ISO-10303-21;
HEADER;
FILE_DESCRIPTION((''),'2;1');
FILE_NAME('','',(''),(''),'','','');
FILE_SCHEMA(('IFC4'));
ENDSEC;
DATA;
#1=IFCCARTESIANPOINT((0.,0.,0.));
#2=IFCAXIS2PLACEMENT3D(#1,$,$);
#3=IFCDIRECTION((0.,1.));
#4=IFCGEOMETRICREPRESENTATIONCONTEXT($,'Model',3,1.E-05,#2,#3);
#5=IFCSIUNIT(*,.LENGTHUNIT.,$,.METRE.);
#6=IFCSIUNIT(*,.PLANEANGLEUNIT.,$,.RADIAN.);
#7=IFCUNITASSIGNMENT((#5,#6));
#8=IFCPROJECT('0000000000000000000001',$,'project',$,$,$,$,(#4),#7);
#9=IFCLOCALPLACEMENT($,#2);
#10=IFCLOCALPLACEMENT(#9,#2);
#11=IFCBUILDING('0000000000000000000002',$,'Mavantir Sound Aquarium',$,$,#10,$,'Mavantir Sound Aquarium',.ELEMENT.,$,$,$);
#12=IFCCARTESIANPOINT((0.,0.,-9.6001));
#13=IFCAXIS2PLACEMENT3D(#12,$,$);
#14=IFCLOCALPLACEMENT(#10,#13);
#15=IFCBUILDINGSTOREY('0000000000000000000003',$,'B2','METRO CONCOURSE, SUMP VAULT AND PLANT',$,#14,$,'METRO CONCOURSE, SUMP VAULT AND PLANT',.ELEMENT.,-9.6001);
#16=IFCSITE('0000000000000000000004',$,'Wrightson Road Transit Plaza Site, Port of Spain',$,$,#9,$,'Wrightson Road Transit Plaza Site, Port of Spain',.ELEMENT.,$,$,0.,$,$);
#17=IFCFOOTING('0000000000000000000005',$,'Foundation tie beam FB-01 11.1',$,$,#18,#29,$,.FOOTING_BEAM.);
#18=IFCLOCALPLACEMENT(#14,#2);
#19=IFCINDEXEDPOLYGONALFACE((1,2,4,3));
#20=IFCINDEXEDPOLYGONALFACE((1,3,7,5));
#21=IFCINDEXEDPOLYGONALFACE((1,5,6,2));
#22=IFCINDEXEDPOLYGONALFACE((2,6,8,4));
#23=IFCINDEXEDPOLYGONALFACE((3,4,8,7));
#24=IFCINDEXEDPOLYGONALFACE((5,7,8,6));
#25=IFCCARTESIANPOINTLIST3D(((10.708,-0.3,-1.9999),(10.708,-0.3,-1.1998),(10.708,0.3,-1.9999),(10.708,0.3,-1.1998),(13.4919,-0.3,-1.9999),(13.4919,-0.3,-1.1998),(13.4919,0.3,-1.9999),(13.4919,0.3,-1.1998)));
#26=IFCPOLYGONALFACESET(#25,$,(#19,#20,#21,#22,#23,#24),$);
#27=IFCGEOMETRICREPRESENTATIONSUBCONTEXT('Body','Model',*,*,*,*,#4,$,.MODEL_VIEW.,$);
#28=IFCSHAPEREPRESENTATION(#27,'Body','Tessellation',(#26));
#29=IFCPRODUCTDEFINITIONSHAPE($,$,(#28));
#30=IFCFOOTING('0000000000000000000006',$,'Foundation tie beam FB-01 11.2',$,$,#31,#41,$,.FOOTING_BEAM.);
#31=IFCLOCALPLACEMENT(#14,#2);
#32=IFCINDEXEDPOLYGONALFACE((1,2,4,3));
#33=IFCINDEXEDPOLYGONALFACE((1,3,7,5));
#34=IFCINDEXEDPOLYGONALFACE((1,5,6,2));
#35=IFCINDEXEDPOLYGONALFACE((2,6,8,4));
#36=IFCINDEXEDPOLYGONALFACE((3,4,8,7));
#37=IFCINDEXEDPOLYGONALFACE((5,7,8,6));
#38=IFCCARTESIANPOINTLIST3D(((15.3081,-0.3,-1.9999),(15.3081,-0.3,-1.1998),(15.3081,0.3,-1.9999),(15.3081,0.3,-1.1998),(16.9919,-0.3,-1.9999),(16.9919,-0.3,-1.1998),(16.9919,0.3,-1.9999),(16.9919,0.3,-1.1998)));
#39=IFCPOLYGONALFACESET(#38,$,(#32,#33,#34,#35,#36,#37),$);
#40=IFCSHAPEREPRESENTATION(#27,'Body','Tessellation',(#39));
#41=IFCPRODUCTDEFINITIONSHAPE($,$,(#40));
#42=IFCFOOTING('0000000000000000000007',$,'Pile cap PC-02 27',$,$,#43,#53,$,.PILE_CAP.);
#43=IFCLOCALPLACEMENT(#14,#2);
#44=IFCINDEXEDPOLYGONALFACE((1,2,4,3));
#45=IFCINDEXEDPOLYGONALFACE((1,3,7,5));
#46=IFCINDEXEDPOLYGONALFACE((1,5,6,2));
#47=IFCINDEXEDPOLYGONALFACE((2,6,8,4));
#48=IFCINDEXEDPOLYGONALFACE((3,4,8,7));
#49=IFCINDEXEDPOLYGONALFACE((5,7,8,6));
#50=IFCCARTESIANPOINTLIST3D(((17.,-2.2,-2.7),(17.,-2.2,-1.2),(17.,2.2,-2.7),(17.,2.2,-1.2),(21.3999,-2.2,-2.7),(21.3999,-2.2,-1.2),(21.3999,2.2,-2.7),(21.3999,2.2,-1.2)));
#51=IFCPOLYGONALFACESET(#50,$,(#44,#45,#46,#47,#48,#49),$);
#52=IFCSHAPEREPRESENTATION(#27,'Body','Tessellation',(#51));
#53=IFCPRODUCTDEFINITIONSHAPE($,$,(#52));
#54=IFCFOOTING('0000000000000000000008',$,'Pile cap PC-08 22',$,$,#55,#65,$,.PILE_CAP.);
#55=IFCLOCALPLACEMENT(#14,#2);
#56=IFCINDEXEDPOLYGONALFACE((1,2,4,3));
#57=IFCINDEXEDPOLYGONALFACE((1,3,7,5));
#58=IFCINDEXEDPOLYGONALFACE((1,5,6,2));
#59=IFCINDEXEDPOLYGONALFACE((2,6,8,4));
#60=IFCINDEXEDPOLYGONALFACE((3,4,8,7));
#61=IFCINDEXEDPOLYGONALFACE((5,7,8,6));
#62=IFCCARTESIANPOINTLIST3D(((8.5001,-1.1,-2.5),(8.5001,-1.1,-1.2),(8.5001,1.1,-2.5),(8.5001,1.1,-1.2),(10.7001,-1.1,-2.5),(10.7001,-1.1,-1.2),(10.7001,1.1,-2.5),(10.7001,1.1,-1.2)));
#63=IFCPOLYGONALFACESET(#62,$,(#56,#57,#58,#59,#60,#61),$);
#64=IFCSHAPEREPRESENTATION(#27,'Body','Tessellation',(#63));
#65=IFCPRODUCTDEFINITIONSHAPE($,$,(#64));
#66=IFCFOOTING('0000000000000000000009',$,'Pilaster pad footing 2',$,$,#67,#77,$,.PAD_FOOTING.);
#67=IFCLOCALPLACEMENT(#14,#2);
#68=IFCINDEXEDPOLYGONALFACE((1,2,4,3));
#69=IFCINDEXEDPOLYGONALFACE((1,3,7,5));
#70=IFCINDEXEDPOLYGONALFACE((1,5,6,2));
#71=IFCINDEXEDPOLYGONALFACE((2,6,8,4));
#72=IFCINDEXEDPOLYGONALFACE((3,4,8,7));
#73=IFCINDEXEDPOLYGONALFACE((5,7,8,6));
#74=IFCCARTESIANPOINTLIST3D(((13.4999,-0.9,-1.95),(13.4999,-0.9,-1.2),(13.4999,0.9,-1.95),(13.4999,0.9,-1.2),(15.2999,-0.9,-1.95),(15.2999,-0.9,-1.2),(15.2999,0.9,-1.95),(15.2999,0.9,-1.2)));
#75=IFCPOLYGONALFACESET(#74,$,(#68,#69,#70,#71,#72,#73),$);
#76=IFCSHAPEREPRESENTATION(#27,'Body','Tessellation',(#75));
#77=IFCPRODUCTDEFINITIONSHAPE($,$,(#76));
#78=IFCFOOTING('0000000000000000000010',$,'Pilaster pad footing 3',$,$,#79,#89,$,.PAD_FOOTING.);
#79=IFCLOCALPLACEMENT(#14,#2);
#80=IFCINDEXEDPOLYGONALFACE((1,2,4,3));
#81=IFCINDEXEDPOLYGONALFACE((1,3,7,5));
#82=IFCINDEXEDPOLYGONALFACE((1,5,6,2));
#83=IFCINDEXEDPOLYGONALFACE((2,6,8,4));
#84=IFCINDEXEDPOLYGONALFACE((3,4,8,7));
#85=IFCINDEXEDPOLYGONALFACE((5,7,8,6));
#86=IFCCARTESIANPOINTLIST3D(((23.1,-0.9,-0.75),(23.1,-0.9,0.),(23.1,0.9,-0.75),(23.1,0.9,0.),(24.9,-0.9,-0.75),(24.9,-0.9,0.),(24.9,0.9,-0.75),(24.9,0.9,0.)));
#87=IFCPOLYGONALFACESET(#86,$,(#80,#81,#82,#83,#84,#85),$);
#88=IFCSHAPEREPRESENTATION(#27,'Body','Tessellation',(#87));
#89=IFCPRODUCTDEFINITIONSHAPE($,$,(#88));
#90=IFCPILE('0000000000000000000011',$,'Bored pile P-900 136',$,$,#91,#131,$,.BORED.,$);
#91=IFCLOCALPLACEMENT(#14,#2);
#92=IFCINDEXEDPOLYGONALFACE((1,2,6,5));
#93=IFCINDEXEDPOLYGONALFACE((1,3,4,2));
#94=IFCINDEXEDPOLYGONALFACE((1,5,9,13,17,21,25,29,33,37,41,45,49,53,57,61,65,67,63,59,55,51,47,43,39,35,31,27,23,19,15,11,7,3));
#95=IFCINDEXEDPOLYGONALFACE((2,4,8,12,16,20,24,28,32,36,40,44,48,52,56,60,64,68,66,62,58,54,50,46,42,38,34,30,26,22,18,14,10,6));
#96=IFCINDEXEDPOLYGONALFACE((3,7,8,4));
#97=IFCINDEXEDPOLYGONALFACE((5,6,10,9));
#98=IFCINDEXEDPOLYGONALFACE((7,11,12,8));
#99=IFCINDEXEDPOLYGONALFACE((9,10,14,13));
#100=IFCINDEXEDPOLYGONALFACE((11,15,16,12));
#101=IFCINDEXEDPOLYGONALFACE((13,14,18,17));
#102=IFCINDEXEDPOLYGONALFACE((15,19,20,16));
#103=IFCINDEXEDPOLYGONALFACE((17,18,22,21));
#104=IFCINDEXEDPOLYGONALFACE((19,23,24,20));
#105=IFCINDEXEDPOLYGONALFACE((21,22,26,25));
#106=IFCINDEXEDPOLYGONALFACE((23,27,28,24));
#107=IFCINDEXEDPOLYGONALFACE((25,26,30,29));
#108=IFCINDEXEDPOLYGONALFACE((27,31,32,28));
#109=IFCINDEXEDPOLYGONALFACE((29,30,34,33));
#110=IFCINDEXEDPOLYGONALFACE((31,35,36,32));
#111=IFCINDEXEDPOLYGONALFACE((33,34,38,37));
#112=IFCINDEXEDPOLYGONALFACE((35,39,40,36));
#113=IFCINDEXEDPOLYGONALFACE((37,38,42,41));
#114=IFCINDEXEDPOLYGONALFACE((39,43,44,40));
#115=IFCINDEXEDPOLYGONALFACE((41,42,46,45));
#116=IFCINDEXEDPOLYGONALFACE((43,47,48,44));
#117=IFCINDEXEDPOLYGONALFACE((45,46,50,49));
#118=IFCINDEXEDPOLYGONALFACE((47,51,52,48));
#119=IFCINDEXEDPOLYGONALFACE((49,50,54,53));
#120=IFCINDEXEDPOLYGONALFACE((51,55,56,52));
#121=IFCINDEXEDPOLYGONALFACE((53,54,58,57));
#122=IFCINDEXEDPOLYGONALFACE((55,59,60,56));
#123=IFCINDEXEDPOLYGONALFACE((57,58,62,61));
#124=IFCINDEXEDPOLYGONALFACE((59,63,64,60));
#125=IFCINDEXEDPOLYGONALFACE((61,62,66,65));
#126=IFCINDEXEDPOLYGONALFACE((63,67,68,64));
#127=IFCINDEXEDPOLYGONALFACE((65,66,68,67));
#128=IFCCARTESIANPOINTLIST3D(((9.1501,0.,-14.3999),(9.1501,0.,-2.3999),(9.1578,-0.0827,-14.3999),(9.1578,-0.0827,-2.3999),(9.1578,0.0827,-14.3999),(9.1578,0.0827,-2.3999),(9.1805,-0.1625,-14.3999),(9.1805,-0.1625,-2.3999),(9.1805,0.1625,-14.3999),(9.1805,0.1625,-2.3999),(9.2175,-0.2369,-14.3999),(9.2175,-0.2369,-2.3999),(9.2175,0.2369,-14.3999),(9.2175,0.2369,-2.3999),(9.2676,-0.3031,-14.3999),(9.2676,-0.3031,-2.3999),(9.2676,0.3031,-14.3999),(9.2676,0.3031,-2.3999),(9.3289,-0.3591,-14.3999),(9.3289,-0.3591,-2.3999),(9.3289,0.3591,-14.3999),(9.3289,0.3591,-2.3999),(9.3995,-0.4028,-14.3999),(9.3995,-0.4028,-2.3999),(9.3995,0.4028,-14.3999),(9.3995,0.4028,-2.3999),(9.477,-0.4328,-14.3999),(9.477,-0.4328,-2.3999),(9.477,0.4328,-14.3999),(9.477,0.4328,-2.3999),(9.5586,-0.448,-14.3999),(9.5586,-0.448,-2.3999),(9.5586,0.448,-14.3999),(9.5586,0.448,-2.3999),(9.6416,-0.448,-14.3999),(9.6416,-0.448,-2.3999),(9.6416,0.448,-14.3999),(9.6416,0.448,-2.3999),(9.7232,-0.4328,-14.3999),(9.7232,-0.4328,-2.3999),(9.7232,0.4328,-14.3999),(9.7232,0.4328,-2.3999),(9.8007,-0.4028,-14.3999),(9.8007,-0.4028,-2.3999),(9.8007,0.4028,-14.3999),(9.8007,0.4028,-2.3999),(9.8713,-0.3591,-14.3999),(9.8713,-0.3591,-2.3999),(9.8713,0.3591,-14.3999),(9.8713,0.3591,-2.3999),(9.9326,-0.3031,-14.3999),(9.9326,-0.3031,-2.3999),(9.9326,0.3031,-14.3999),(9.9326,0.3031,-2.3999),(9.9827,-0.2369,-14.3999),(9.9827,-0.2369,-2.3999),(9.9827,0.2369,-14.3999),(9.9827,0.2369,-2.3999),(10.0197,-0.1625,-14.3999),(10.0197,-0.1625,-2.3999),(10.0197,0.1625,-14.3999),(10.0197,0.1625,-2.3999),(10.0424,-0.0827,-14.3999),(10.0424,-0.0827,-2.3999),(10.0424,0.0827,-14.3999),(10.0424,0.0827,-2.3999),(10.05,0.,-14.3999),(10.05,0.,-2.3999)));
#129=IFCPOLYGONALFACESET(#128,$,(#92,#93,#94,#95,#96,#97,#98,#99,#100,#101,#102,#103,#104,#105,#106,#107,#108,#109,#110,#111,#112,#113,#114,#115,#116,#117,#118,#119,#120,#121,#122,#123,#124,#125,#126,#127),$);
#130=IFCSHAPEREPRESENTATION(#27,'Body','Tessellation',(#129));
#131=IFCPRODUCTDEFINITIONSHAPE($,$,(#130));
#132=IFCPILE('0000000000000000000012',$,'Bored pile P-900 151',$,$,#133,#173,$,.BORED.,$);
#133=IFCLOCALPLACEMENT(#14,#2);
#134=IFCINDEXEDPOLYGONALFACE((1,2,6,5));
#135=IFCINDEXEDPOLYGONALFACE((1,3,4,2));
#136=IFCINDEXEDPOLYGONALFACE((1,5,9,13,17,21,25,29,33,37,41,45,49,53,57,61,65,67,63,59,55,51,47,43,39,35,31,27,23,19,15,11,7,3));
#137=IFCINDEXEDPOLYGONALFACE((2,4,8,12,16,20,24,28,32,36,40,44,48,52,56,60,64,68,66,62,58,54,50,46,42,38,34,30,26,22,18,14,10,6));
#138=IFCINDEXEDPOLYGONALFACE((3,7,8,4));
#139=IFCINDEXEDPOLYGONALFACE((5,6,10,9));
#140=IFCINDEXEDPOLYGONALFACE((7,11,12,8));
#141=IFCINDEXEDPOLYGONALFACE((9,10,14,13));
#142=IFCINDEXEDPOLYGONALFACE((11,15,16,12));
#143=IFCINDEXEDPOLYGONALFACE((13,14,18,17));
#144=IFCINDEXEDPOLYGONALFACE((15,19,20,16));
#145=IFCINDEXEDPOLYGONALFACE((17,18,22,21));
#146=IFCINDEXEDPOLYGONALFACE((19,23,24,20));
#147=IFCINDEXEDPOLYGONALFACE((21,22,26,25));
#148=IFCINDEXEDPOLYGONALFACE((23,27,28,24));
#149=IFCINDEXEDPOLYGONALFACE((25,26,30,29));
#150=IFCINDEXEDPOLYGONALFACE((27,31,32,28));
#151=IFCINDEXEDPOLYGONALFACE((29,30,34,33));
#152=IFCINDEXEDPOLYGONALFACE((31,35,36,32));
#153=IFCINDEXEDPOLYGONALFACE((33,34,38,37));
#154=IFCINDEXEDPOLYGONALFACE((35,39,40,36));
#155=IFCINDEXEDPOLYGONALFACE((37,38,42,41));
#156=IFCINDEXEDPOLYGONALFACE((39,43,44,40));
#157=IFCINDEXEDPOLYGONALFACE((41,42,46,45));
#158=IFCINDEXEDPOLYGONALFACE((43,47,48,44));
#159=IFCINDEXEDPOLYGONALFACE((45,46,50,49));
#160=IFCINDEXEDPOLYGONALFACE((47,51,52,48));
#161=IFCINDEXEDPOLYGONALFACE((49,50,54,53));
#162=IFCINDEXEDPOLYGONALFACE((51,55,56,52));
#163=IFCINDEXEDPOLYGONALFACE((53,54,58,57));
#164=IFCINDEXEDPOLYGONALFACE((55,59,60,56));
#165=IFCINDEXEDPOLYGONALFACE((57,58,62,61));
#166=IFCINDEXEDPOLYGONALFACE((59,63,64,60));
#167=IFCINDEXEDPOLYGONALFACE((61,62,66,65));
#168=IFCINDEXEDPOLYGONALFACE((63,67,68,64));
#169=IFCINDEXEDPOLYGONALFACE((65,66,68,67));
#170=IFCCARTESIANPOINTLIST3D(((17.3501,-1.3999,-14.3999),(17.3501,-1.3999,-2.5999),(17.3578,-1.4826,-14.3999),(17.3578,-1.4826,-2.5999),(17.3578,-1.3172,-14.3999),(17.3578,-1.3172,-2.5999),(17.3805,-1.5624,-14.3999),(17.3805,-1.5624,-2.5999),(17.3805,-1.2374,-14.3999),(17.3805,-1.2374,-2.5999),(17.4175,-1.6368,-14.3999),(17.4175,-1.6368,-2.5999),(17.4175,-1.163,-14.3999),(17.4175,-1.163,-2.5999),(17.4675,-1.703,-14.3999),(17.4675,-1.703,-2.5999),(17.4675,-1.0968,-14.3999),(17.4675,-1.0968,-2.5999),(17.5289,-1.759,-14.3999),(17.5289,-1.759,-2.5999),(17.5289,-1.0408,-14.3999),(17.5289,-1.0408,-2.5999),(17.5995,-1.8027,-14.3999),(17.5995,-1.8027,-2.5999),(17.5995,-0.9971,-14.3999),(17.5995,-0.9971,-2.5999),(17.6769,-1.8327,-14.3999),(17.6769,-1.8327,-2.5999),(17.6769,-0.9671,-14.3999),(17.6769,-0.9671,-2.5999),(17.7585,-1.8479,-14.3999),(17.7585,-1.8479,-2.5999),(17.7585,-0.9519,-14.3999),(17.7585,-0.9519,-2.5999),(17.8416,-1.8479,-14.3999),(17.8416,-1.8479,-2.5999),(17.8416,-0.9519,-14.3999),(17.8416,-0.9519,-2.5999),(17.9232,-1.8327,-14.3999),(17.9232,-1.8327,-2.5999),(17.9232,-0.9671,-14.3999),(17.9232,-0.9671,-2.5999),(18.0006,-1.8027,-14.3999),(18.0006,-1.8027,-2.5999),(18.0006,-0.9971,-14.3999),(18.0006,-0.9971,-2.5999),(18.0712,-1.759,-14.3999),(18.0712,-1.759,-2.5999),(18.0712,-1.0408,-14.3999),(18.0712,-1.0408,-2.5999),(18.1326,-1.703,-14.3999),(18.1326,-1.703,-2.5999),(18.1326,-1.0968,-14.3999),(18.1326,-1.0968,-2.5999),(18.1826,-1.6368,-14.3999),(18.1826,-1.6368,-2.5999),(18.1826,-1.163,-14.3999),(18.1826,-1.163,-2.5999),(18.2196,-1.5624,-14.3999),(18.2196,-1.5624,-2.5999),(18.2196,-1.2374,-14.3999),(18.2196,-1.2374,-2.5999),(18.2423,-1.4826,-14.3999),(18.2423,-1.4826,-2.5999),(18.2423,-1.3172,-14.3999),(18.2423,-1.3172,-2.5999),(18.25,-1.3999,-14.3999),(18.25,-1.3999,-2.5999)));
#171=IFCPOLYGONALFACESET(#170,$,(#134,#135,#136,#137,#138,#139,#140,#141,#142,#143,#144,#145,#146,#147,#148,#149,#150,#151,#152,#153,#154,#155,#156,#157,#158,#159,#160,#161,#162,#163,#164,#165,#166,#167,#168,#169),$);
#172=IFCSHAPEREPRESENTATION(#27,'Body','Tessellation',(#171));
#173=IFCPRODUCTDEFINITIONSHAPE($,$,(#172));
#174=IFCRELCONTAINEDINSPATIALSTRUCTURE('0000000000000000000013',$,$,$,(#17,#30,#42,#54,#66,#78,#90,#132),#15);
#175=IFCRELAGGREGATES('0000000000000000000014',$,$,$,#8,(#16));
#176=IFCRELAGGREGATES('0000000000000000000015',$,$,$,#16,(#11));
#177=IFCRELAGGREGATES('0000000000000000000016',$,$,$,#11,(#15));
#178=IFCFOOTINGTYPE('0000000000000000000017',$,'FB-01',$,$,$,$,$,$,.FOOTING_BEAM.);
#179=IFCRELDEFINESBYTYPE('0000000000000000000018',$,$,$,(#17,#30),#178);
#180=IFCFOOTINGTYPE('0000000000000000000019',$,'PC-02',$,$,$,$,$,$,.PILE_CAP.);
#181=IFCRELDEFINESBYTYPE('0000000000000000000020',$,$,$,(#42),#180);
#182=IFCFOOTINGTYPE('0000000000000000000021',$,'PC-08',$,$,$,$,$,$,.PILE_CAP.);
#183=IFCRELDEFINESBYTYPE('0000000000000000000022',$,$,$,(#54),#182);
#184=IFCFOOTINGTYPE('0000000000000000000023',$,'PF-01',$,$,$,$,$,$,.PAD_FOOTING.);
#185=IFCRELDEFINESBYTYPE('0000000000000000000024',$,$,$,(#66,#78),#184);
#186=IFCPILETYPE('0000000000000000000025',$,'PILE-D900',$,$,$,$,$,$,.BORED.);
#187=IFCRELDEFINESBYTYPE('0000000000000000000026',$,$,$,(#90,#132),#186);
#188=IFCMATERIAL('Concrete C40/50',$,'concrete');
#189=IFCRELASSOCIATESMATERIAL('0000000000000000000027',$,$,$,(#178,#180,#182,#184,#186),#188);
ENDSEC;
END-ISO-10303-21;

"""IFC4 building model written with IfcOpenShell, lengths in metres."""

from ifc_helpers import new_model, si_unit, direction, frame, origin, origin_2d, place, context, subcontext, project, spatial, rectangle, circle, extrude, material, material_profile, profile_set, type_object, element, save


model = new_model("IFC4")

# Units and contexts
model_context = context("Model", 3, precision=1e-05, world=origin(), true_north=direction((0.0, 1.0)))
body_context = subcontext(model_context, "Body", "Model", "MODEL_VIEW")
ifc_project = project(units=[si_unit("LENGTHUNIT", "METRE"), si_unit("PLANEANGLEUNIT", "RADIAN")], contexts=[model_context])

# Site, building, storey
site_placement = place(None, origin())
site = spatial("IfcSite", under=ifc_project, at=site_placement, Name="Wrightson Road Transit Plaza Site, Port of Spain", LongName="Wrightson Road Transit Plaza Site, Port of Spain", CompositionType="ELEMENT", RefElevation=0.0)
building_placement = place(site_placement, origin())
building = spatial("IfcBuilding", under=site, at=building_placement, Name="Mavantir Sound Aquarium", LongName="Mavantir Sound Aquarium", CompositionType="ELEMENT")
storey_placement = place(building_placement, frame((0.0, 0.0, -9.6001)))
storey = spatial("IfcBuildingStorey", under=building, at=storey_placement, Name="B2", Description="METRO CONCOURSE, SUMP VAULT AND PLANT", LongName="METRO CONCOURSE, SUMP VAULT AND PLANT", CompositionType="ELEMENT", Elevation=-9.6001)

# Footings
ifc_material_1 = material(Name="Concrete C40/50", Category="concrete")
ifc_material_profile_1 = material_profile(ifc_material_1, rectangle(XDim=0.6001, YDim=0.8, at=origin_2d()), Name="RC 600X800")
ifc_profile_set_1 = profile_set([ifc_material_profile_1], Name="Concrete C40/50")
footing_type_1 = type_object("IfcFootingType", Name="FB-01", PredefinedType="FOOTING_BEAM", material=ifc_profile_set_1)
footing_1_placement = place(storey_placement, frame((10.708, 0.0, -1.5999), z_axis=(1.0, 0.0, 0.0), x_axis=(0.0, 1.0, 0.0)))
element("IfcFooting", 1, at=footing_1_placement, inside=storey, type_object=footing_type_1, Name="Foundation tie beam FB-01 11.1", PredefinedType="FOOTING_BEAM", context=body_context, shape_type="SweptSolid", body=[
    extrude(rectangle(XDim=0.6001, YDim=0.8, at=origin_2d()), origin(), (0.0, 0.0, 1.0), 2.7839),
])
footing_2_placement = place(storey_placement, frame((15.3081, 0.0, -1.5999), z_axis=(1.0, 0.0, 0.0), x_axis=(0.0, 1.0, 0.0)))
element("IfcFooting", 2, at=footing_2_placement, inside=storey, type_object=footing_type_1, Name="Foundation tie beam FB-01 11.2", PredefinedType="FOOTING_BEAM", context=body_context, shape_type="SweptSolid", body=[
    extrude(rectangle(XDim=0.6001, YDim=0.8, at=origin_2d()), origin(), (0.0, 0.0, 1.0), 1.6838),
])
footing_type_2 = type_object("IfcFootingType", Name="PC-02", PredefinedType="PILE_CAP", material=ifc_material_1)
footing_3_placement = place(storey_placement, frame((19.2, 0.0, -2.7), z_axis=(0.0, 0.0, 1.0), x_axis=(1.0, 0.0, 0.0)))
element("IfcFooting", 3, at=footing_3_placement, inside=storey, type_object=footing_type_2, Name="Pile cap PC-02 27", PredefinedType="PILE_CAP", context=body_context, shape_type="SweptSolid", body=[
    extrude(rectangle(XDim=4.3999, YDim=4.3999, at=origin_2d()), origin(), (0.0, 0.0, 1.0), 1.5),
])
footing_type_3 = type_object("IfcFootingType", Name="PC-08", PredefinedType="PILE_CAP", material=ifc_material_1)
footing_4_placement = place(storey_placement, frame((9.6001, 0.0, -2.5), z_axis=(0.0, 0.0, 1.0), x_axis=(1.0, 0.0, 0.0)))
element("IfcFooting", 4, at=footing_4_placement, inside=storey, type_object=footing_type_3, Name="Pile cap PC-08 22", PredefinedType="PILE_CAP", context=body_context, shape_type="SweptSolid", body=[
    extrude(rectangle(XDim=2.2, YDim=2.2, at=origin_2d()), origin(), (0.0, 0.0, 1.0), 1.3),
])
footing_type_4 = type_object("IfcFootingType", Name="PF-01", PredefinedType="PAD_FOOTING", material=ifc_material_1)
for number, where, z_axis, x_axis, name in (
    (5, (14.3999, 0.0, -1.95), (0.0, 0.0, 1.0), (1.0, 0.0, 0.0), "Pilaster pad footing 2"),
    (6, (24.0, 0.0, -0.75), (0.0, 0.0, 1.0), (1.0, 0.0, 0.0), "Pilaster pad footing 3"),
):
    element("IfcFooting", number, at=place(storey_placement, frame(where, z_axis=z_axis, x_axis=x_axis)), inside=storey, type_object=footing_type_4, Name=name, PredefinedType="PAD_FOOTING", context=body_context, shape_type="SweptSolid", body=[
        extrude(rectangle(XDim=1.8, YDim=1.8, at=origin_2d()), origin(), (0.0, 0.0, 1.0), 0.75),
    ])

# Piles
ifc_material_profile_2 = material_profile(ifc_material_1, circle(Radius=0.45, at=origin_2d()), Name="PILE D900")
ifc_profile_set_2 = profile_set([ifc_material_profile_2], Name="Concrete C40/50")
pile_type = type_object("IfcPileType", Name="PILE-D900", PredefinedType="BORED", material=ifc_profile_set_2)
pile_placement = place(storey_placement, frame((9.6001, 0.0, -2.3999), z_axis=(0.0, 0.0, -1.0), x_axis=(1.0, 0.0, 0.0)))
element("IfcPile", 7, at=pile_placement, inside=storey, type_object=pile_type, Name="Bored pile P-900 136", PredefinedType="BORED", context=body_context, shape_type="SweptSolid", body=[
    extrude(circle(Radius=0.45, at=origin_2d()), origin(), (0.0, 0.0, 1.0), 12.0),
])
for number, where, z_axis, x_axis, name in (
    (8, (17.8, -1.3999, -2.5999), (0.0, 0.0, -1.0), (1.0, 0.0, 0.0), "Bored pile P-900 151"),
):
    element("IfcPile", number, at=place(storey_placement, frame(where, z_axis=z_axis, x_axis=x_axis)), inside=storey, type_object=pile_type, Name=name, PredefinedType="BORED", context=body_context, shape_type="SweptSolid", body=[
        extrude(circle(Radius=0.45, at=origin_2d()), origin(), (0.0, 0.0, 1.0), 11.8),
    ])

save(model, "model.ifc")
